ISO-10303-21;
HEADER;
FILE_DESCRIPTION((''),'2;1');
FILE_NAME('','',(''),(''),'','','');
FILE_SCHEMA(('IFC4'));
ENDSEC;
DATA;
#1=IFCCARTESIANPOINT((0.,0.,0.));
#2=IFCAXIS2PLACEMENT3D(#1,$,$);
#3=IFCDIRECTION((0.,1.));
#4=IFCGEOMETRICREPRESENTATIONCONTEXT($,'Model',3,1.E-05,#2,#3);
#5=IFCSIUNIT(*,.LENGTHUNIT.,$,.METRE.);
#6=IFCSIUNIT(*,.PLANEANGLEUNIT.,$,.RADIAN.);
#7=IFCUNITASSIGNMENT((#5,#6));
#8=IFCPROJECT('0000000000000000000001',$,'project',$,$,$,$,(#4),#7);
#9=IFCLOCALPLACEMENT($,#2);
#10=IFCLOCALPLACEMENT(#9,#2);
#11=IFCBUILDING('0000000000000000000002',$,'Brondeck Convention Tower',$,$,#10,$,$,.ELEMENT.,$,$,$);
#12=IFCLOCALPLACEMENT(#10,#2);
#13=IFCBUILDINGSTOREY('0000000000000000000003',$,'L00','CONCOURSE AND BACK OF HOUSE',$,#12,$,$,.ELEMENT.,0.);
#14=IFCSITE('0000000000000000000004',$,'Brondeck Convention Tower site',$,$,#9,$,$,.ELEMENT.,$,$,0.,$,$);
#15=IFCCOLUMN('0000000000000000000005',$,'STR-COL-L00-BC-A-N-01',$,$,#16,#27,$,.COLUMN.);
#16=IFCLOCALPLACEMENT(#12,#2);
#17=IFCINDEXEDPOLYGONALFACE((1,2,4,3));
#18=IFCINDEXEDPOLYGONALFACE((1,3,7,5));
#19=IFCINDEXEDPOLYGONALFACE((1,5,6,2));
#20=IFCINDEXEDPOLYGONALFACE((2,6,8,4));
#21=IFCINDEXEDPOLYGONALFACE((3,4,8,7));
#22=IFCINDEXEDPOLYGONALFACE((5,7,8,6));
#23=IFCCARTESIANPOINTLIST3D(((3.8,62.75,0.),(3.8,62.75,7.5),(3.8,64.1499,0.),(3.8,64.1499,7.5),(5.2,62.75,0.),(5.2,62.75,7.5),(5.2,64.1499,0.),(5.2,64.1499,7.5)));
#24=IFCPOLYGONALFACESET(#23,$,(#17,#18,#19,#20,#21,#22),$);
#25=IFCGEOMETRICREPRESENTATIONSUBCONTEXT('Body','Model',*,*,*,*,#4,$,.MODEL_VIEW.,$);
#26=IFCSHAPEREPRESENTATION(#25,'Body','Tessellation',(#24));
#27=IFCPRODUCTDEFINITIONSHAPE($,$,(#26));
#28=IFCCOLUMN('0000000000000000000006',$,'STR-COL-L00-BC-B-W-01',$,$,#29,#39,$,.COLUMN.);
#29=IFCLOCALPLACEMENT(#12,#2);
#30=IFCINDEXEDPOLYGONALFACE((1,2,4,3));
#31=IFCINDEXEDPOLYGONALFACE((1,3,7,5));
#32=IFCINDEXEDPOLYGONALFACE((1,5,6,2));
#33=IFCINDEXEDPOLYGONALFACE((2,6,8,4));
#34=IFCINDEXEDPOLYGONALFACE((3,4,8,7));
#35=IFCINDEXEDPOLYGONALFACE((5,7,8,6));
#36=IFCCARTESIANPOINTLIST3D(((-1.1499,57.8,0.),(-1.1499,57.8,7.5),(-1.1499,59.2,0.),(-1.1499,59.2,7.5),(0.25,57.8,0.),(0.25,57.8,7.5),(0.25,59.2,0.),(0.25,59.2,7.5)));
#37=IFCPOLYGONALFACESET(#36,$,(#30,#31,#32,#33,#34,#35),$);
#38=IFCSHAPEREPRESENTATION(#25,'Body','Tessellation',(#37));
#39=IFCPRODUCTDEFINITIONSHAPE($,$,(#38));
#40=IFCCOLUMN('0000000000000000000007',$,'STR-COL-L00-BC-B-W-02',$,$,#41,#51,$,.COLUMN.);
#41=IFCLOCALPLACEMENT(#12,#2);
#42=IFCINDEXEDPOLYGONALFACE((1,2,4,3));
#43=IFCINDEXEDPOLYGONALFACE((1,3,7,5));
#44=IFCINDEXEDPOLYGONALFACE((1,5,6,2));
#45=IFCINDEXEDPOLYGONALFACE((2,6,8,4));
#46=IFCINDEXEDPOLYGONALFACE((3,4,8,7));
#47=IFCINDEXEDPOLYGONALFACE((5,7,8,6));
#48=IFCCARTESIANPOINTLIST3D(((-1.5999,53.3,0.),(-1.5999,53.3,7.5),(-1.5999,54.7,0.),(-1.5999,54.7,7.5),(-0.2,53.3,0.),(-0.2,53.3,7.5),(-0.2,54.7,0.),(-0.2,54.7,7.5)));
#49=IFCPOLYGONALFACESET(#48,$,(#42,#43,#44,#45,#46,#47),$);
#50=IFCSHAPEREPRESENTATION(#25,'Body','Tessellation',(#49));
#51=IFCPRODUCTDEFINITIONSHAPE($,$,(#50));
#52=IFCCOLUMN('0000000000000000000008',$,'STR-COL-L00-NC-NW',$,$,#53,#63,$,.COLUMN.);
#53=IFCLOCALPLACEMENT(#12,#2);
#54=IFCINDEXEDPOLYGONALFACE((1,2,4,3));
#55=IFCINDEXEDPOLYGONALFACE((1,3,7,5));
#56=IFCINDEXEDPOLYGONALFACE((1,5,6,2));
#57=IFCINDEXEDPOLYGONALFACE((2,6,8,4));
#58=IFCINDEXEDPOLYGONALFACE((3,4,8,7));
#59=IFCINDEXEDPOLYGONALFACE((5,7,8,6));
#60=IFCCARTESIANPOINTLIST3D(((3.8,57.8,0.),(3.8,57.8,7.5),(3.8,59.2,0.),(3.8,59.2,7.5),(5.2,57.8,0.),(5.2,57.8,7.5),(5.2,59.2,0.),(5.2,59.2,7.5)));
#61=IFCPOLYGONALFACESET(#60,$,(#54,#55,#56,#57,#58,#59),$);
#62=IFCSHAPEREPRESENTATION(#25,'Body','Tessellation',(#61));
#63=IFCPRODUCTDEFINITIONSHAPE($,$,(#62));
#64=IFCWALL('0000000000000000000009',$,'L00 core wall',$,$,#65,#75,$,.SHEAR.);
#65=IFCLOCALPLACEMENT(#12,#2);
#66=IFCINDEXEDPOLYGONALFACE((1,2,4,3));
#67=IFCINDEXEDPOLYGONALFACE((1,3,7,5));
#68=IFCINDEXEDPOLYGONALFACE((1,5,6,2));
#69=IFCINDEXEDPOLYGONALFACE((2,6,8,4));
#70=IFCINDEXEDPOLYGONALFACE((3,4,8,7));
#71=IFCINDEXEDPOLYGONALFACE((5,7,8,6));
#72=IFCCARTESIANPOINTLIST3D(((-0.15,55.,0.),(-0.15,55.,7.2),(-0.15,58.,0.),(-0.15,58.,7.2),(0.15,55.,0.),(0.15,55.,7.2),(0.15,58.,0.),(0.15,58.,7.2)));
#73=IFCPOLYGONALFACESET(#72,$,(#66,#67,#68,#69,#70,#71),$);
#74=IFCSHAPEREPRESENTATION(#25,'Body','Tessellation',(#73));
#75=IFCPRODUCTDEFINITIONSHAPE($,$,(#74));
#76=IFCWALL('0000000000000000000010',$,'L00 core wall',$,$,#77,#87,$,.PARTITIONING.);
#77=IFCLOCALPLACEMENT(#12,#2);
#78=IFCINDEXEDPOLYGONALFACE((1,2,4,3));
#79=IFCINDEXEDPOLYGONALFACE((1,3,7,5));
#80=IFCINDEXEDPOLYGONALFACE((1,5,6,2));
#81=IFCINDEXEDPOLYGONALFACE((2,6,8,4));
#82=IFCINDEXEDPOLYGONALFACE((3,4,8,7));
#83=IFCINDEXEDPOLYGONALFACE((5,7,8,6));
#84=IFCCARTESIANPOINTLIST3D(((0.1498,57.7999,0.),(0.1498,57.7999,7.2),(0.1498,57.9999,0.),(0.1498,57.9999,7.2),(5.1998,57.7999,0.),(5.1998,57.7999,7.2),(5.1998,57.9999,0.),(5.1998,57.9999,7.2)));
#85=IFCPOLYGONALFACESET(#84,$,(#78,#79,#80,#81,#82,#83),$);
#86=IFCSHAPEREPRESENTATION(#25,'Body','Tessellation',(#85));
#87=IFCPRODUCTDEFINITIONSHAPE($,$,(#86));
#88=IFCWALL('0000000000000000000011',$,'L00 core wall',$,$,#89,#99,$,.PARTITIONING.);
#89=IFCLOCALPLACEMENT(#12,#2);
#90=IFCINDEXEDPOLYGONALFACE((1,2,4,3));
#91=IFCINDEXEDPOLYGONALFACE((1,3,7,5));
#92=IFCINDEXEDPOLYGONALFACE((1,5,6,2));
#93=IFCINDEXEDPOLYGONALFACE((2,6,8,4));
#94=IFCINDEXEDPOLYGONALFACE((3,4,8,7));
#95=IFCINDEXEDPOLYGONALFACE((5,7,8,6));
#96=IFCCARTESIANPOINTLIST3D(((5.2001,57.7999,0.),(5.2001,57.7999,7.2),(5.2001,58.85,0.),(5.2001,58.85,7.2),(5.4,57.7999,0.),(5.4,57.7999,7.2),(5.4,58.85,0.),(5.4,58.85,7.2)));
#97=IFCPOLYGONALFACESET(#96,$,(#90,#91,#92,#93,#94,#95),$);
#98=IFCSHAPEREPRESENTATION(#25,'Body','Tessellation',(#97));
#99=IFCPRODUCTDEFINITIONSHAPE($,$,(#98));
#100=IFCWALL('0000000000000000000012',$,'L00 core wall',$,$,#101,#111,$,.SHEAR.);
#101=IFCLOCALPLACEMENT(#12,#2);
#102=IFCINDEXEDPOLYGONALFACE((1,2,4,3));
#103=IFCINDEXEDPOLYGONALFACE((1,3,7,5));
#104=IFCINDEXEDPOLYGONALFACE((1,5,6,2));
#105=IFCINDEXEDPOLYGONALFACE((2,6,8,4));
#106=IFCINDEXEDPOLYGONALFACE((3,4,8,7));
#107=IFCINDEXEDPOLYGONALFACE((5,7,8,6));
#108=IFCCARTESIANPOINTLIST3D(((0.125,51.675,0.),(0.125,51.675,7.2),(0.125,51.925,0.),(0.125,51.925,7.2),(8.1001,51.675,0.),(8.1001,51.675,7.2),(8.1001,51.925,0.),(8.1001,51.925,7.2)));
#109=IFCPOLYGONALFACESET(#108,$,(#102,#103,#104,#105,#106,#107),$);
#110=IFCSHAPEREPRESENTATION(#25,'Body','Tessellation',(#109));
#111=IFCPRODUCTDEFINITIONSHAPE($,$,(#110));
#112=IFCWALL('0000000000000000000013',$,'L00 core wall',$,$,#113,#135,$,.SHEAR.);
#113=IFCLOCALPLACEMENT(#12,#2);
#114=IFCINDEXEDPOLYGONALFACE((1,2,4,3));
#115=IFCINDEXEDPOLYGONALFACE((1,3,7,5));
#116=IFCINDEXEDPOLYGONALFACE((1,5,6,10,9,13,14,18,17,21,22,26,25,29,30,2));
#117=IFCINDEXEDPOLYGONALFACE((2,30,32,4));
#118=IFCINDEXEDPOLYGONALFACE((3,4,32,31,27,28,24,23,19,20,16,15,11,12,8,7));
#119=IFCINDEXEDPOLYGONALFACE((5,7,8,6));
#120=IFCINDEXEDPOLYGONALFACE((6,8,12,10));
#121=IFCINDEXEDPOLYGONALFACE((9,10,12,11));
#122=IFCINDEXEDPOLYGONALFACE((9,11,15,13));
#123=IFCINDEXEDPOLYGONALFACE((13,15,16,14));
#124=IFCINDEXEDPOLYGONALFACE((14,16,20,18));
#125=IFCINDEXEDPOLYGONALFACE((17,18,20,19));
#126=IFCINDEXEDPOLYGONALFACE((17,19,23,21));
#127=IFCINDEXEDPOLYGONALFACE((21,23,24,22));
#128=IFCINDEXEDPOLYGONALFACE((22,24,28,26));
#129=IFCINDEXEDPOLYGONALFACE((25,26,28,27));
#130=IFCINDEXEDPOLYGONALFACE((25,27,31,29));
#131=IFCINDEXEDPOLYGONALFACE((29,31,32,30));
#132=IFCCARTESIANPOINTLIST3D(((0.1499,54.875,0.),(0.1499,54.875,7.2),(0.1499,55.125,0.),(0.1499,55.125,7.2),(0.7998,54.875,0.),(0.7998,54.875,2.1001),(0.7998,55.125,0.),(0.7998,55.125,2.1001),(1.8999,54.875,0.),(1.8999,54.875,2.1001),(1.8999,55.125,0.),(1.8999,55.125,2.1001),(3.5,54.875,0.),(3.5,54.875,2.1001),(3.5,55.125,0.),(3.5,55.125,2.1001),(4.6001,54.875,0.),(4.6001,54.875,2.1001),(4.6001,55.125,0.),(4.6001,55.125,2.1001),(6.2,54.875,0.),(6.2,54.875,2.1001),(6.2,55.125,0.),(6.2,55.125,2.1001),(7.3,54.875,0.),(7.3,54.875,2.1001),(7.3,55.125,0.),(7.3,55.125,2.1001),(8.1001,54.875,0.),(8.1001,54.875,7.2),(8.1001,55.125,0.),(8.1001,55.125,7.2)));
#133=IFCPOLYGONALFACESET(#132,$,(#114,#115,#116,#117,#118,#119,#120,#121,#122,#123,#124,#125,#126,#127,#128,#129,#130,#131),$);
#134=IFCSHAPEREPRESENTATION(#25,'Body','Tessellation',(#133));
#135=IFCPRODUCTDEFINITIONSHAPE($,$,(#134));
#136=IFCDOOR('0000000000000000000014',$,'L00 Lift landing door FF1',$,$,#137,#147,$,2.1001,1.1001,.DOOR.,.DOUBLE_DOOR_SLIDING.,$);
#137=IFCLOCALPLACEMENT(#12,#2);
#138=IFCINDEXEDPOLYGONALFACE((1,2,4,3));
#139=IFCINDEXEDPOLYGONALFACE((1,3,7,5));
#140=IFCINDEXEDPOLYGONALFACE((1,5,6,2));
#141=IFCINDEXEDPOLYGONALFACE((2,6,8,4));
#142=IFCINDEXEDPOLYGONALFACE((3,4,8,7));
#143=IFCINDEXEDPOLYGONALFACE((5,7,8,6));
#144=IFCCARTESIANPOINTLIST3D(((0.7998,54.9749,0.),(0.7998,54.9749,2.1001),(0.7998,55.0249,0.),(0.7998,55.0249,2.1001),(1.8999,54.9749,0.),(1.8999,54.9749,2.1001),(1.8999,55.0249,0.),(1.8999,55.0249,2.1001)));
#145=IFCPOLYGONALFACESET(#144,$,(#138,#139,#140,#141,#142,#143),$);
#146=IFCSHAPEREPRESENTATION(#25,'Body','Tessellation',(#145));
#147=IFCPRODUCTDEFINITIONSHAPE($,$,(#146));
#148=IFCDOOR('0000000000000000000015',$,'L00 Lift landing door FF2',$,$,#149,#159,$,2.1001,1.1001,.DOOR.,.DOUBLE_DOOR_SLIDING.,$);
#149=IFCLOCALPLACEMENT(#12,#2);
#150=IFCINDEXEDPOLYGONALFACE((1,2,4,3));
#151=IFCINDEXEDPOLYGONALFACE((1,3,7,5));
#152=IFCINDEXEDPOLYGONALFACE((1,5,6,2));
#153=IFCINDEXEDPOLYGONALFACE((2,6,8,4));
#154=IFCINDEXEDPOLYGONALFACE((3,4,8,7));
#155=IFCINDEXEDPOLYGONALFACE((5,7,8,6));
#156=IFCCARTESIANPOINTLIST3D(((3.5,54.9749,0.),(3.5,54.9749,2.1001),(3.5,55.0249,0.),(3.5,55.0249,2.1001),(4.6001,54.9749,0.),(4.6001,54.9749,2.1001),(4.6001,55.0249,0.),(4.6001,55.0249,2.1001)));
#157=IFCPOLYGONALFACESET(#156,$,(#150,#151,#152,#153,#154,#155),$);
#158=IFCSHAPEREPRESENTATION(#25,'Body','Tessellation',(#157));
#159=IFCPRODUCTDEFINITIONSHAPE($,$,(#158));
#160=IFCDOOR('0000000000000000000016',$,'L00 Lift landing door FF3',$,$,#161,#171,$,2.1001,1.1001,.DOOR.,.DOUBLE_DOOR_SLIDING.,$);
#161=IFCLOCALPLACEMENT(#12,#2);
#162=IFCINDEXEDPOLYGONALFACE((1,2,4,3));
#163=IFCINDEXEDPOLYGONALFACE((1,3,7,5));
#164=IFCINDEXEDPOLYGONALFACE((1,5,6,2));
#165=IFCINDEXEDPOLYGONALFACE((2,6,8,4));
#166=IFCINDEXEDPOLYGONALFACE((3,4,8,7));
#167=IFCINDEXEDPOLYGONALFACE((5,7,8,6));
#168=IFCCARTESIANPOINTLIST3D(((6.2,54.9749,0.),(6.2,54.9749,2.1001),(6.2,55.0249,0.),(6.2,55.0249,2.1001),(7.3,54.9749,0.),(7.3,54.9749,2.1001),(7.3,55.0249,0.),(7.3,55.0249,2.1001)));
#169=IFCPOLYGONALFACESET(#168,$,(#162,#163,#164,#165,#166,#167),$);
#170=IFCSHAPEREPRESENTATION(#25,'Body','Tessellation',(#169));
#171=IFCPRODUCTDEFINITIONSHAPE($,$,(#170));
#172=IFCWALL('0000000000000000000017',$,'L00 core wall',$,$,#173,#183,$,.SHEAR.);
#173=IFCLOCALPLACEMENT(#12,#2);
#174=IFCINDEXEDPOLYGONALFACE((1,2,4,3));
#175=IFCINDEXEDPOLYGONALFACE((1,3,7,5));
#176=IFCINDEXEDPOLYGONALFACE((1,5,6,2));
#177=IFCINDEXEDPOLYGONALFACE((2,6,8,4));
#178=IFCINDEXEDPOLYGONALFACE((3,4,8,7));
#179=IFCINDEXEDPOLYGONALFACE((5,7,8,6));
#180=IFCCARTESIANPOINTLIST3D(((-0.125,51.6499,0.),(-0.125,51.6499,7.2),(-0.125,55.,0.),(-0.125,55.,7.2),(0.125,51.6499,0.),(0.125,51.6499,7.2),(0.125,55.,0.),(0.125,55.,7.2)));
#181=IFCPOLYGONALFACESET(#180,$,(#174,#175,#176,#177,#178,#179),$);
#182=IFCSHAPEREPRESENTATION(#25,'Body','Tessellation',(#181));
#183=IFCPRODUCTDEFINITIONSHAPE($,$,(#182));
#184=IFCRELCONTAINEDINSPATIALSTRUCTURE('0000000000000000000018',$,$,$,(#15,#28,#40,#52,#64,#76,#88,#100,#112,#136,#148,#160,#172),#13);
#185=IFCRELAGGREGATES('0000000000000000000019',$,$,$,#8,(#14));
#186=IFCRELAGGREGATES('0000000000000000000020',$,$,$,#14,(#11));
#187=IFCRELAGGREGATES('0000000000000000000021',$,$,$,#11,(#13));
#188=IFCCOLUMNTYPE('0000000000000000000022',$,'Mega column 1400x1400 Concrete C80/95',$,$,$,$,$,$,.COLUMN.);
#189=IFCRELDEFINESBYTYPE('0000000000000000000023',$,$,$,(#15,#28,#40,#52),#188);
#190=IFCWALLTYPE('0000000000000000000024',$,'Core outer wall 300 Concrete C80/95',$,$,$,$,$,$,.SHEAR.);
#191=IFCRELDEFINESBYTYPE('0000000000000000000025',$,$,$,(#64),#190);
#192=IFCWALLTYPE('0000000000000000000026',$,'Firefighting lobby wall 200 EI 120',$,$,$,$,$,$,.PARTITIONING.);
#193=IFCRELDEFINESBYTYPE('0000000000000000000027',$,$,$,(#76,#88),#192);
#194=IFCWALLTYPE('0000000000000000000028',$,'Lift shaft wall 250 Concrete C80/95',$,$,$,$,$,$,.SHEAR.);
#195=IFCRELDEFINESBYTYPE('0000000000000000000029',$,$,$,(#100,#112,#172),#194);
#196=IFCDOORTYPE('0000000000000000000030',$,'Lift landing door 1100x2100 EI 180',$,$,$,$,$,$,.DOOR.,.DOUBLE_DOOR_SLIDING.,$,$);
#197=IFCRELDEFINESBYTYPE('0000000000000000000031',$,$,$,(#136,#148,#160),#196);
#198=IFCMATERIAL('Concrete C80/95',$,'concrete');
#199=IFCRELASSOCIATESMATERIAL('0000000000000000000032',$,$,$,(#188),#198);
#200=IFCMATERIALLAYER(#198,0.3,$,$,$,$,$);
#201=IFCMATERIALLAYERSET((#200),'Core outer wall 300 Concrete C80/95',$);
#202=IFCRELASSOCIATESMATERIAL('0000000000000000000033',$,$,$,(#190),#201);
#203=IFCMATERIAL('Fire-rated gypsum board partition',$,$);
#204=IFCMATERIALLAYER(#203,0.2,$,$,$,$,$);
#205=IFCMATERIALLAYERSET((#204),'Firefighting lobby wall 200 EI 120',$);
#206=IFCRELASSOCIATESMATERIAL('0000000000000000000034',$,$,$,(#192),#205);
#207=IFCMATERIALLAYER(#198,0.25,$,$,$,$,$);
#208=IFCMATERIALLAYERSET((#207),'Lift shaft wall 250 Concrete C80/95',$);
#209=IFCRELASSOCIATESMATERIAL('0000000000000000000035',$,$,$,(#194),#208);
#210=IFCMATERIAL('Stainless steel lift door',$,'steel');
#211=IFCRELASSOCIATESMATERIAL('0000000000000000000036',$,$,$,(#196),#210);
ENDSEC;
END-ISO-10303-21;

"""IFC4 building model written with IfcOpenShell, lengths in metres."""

from ifc_helpers import new_model, si_unit, direction, frame, frame_2d, origin, origin_2d, place, context, subcontext, project, spatial, rectangle, extrude, material, layer, layer_set, material_profile, profile_set, type_object, element, fill, save


model = new_model("IFC4")

# Units and contexts
model_context = context("Model", 3, precision=1e-05, world=origin(), true_north=direction((0.0, 1.0)))
body_context = subcontext(model_context, "Body", "Model", "MODEL_VIEW")
ifc_project = project(units=[si_unit("LENGTHUNIT", "METRE"), si_unit("PLANEANGLEUNIT", "RADIAN")], contexts=[model_context])

# Site, building, storey
site_placement = place(None, origin())
site = spatial("IfcSite", under=ifc_project, at=site_placement, Name="Brondeck Convention Tower site", CompositionType="ELEMENT", RefElevation=0.0)
building_placement = place(site_placement, origin())
building = spatial("IfcBuilding", under=site, at=building_placement, Name="Brondeck Convention Tower", CompositionType="ELEMENT")
storey_placement = place(building_placement, origin())
storey = spatial("IfcBuildingStorey", under=building, at=storey_placement, Name="L00", Description="CONCOURSE AND BACK OF HOUSE", CompositionType="ELEMENT", Elevation=0.0)

# Columns
ifc_material_1 = material(Name="Concrete C80/95", Category="concrete")
ifc_material_profile = material_profile(ifc_material_1, rectangle(XDim=1.3999, YDim=1.3999, at=origin_2d()), Name="Mega column 1400x1400 Concrete C80/95")
ifc_profile_set = profile_set([ifc_material_profile], Name="Concrete C80/95")
column_type = type_object("IfcColumnType", Name="Mega column 1400x1400 Concrete C80/95", PredefinedType="COLUMN", material=ifc_profile_set)
for number, where, z_axis, x_axis, name in (
    (1, (4.5, 63.45, 0.0), (0.0, 0.0, 1.0), (1.0, 0.0, 0.0), "STR-COL-L00-BC-A-N-01"),
    (2, (-0.45, 58.5, 0.0), (0.0, 0.0, 1.0), (1.0, 0.0, 0.0), "STR-COL-L00-BC-B-W-01"),
    (3, (-0.8999, 54.0, 0.0), (0.0, 0.0, 1.0), (1.0, 0.0, 0.0), "STR-COL-L00-BC-B-W-02"),
    (4, (4.5, 58.5, 0.0), (0.0, 0.0, 1.0), (1.0, 0.0, 0.0), "STR-COL-L00-NC-NW"),
):
    element("IfcColumn", number, at=place(storey_placement, frame(where, z_axis=z_axis, x_axis=x_axis)), inside=storey, type_object=column_type, Name=name, PredefinedType="COLUMN", context=body_context, shape_type="SweptSolid", body=[
        extrude(rectangle(XDim=1.3999, YDim=1.3999, at=origin_2d()), origin(), (0.0, 0.0, 1.0), 7.5),
    ])

# Walls
ifc_layer_1 = layer(ifc_material_1, 0.3)
ifc_layer_set_1 = layer_set([ifc_layer_1], Name="Core outer wall 300 Concrete C80/95")
wall_type_1 = type_object("IfcWallType", Name="Core outer wall 300 Concrete C80/95", PredefinedType="SHEAR", material=ifc_layer_set_1)
wall_1_placement = place(storey_placement, frame((0.0, 55.0, 0.0), z_axis=(0.0, 0.0, 1.0), x_axis=(0.0, 1.0, 0.0)))
element("IfcWall", 5, at=wall_1_placement, inside=storey, type_object=wall_type_1, Name="L00 core wall", PredefinedType="SHEAR", context=body_context, shape_type="SweptSolid", body=[
    extrude(rectangle(XDim=3.0, YDim=0.3, at=frame_2d((1.5, 0.0))), origin(), (0.0, 0.0, 1.0), 7.2),
])
ifc_material_2 = material(Name="Fire-rated gypsum board partition")
ifc_layer_2 = layer(ifc_material_2, 0.2)
ifc_layer_set_2 = layer_set([ifc_layer_2], Name="Firefighting lobby wall 200 EI 120")
wall_type_2 = type_object("IfcWallType", Name="Firefighting lobby wall 200 EI 120", PredefinedType="PARTITIONING", material=ifc_layer_set_2)
wall_2_placement = place(storey_placement, frame((0.1499, 57.8999, 0.0), z_axis=(0.0, 0.0, 1.0), x_axis=(1.0, 0.0, 0.0)))
element("IfcWall", 6, at=wall_2_placement, inside=storey, type_object=wall_type_2, Name="L00 core wall", PredefinedType="PARTITIONING", context=body_context, shape_type="SweptSolid", body=[
    extrude(rectangle(XDim=5.05, YDim=0.2, at=frame_2d((2.5249, 0.0))), origin(), (0.0, 0.0, 1.0), 7.2),
])
wall_3_placement = place(storey_placement, frame((5.3, 57.8, 0.0), z_axis=(0.0, 0.0, 1.0), x_axis=(0.0, 1.0, 0.0)))
element("IfcWall", 7, at=wall_3_placement, inside=storey, type_object=wall_type_2, Name="L00 core wall", PredefinedType="PARTITIONING", context=body_context, shape_type="SweptSolid", body=[
    extrude(rectangle(XDim=1.05, YDim=0.2, at=frame_2d((0.5249, 0.0))), origin(), (0.0, 0.0, 1.0), 7.2),
])
ifc_layer_3 = layer(ifc_material_1, 0.25)
ifc_layer_set_3 = layer_set([ifc_layer_3], Name="Lift shaft wall 250 Concrete C80/95")
wall_type_3 = type_object("IfcWallType", Name="Lift shaft wall 250 Concrete C80/95", PredefinedType="SHEAR", material=ifc_layer_set_3)
wall_4_placement = place(storey_placement, frame((0.125, 51.8, 0.0), z_axis=(0.0, 0.0, 1.0), x_axis=(1.0, 0.0, 0.0)))
element("IfcWall", 8, at=wall_4_placement, inside=storey, type_object=wall_type_3, Name="L00 core wall", PredefinedType="SHEAR", context=body_context, shape_type="SweptSolid", body=[
    extrude(rectangle(XDim=7.9751, YDim=0.25, at=frame_2d((3.9875, 0.0))), origin(), (0.0, 0.0, 1.0), 7.2),
])

# Wall, openings, doors
wall_5_placement = place(storey_placement, frame((0.1499, 55.0, 0.0), z_axis=(0.0, 0.0, 1.0), x_axis=(1.0, 0.0, 0.0)))
wall_5 = element("IfcWall", 9, at=wall_5_placement, inside=storey, type_object=wall_type_3, Name="L00 core wall", PredefinedType="SHEAR", context=body_context, shape_type="SweptSolid", body=[
    extrude(rectangle(XDim=7.9502, YDim=0.25, at=frame_2d((3.9751, 0.0))), origin(), (0.0, 0.0, 1.0), 7.2),
])
opening_1_placement = place(wall_5_placement, frame((0.6499, 0.0, 0.0)))
opening_1 = element("IfcOpeningElement", 10, at=opening_1_placement, cuts=wall_5, PredefinedType="OPENING", context=body_context, shape_type="SweptSolid", body=[
    extrude(rectangle(XDim=1.1001, YDim=2.1001, at=frame_2d((0.55, 1.05))), frame((0.0, 0.135, 0.0), z_axis=(0.0, -1.0, 0.0), x_axis=(1.0, 0.0, 0.0)), (0.0, 0.0, 1.0), 0.27),
])
opening_2_placement = place(wall_5_placement, frame((3.3501, 0.0, 0.0)))
opening_2 = element("IfcOpeningElement", 11, at=opening_2_placement, cuts=wall_5, PredefinedType="OPENING", context=body_context, shape_type="SweptSolid", body=[
    extrude(rectangle(XDim=1.1001, YDim=2.1001, at=frame_2d((0.55, 1.05))), frame((0.0, 0.135, 0.0), z_axis=(0.0, -1.0, 0.0), x_axis=(1.0, 0.0, 0.0)), (0.0, 0.0, 1.0), 0.27),
])
opening_3_placement = place(wall_5_placement, frame((6.05, 0.0, 0.0)))
opening_3 = element("IfcOpeningElement", 12, at=opening_3_placement, cuts=wall_5, PredefinedType="OPENING", context=body_context, shape_type="SweptSolid", body=[
    extrude(rectangle(XDim=1.1001, YDim=2.1001, at=frame_2d((0.55, 1.05))), frame((0.0, 0.135, 0.0), z_axis=(0.0, -1.0, 0.0), x_axis=(1.0, 0.0, 0.0)), (0.0, 0.0, 1.0), 0.27),
])
ifc_material_3 = material(Name="Stainless steel lift door", Category="steel")
door_type_1 = type_object("IfcDoorType", Name="Lift landing door 1100x2100 EI 180", OperationType="DOUBLE_DOOR_SLIDING", PredefinedType="DOOR", material=ifc_material_3)
door_1_placement = place(opening_1_placement, origin())
door_1 = element("IfcDoor", 13, at=door_1_placement, inside=storey, type_object=door_type_1, Name="L00 Lift landing door FF1", OperationType="DOUBLE_DOOR_SLIDING", OverallHeight=2.1001, OverallWidth=1.1001, PredefinedType="DOOR", context=body_context, shape_type="SweptSolid", body=[
    extrude(rectangle(XDim=1.1001, YDim=2.1001, at=frame_2d((0.55, 1.05))), frame((0.0, 0.0249, 0.0), z_axis=(0.0, -1.0, 0.0), x_axis=(1.0, 0.0, 0.0)), (0.0, 0.0, 1.0), 0.05),
])
fill(opening_1, door_1)
door_2_placement = place(opening_2_placement, origin())
door_2 = element("IfcDoor", 14, at=door_2_placement, inside=storey, type_object=door_type_1, Name="L00 Lift landing door FF2", OperationType="DOUBLE_DOOR_SLIDING", OverallHeight=2.1001, OverallWidth=1.1001, PredefinedType="DOOR", context=body_context, shape_type="SweptSolid", body=[
    extrude(rectangle(XDim=1.1001, YDim=2.1001, at=frame_2d((0.55, 1.05))), frame((0.0, 0.0249, 0.0), z_axis=(0.0, -1.0, 0.0), x_axis=(1.0, 0.0, 0.0)), (0.0, 0.0, 1.0), 0.05),
])
fill(opening_2, door_2)
door_3_placement = place(opening_3_placement, origin())
door_3 = element("IfcDoor", 15, at=door_3_placement, inside=storey, type_object=door_type_1, Name="L00 Lift landing door FF3", OperationType="DOUBLE_DOOR_SLIDING", OverallHeight=2.1001, OverallWidth=1.1001, PredefinedType="DOOR", context=body_context, shape_type="SweptSolid", body=[
    extrude(rectangle(XDim=1.1001, YDim=2.1001, at=frame_2d((0.55, 1.05))), frame((0.0, 0.0249, 0.0), z_axis=(0.0, -1.0, 0.0), x_axis=(1.0, 0.0, 0.0)), (0.0, 0.0, 1.0), 0.05),
])
fill(opening_3, door_3)

# Wall
wall_6_placement = place(storey_placement, frame((0.0, 51.6499, 0.0), z_axis=(0.0, 0.0, 1.0), x_axis=(0.0, 1.0, 0.0)))
element("IfcWall", 16, at=wall_6_placement, inside=storey, type_object=wall_type_3, Name="L00 core wall", PredefinedType="SHEAR", context=body_context, shape_type="SweptSolid", body=[
    extrude(rectangle(XDim=3.3501, YDim=0.25, at=frame_2d((1.675, 0.0))), origin(), (0.0, 0.0, 1.0), 7.2),
])

save(model, "model.ifc")
